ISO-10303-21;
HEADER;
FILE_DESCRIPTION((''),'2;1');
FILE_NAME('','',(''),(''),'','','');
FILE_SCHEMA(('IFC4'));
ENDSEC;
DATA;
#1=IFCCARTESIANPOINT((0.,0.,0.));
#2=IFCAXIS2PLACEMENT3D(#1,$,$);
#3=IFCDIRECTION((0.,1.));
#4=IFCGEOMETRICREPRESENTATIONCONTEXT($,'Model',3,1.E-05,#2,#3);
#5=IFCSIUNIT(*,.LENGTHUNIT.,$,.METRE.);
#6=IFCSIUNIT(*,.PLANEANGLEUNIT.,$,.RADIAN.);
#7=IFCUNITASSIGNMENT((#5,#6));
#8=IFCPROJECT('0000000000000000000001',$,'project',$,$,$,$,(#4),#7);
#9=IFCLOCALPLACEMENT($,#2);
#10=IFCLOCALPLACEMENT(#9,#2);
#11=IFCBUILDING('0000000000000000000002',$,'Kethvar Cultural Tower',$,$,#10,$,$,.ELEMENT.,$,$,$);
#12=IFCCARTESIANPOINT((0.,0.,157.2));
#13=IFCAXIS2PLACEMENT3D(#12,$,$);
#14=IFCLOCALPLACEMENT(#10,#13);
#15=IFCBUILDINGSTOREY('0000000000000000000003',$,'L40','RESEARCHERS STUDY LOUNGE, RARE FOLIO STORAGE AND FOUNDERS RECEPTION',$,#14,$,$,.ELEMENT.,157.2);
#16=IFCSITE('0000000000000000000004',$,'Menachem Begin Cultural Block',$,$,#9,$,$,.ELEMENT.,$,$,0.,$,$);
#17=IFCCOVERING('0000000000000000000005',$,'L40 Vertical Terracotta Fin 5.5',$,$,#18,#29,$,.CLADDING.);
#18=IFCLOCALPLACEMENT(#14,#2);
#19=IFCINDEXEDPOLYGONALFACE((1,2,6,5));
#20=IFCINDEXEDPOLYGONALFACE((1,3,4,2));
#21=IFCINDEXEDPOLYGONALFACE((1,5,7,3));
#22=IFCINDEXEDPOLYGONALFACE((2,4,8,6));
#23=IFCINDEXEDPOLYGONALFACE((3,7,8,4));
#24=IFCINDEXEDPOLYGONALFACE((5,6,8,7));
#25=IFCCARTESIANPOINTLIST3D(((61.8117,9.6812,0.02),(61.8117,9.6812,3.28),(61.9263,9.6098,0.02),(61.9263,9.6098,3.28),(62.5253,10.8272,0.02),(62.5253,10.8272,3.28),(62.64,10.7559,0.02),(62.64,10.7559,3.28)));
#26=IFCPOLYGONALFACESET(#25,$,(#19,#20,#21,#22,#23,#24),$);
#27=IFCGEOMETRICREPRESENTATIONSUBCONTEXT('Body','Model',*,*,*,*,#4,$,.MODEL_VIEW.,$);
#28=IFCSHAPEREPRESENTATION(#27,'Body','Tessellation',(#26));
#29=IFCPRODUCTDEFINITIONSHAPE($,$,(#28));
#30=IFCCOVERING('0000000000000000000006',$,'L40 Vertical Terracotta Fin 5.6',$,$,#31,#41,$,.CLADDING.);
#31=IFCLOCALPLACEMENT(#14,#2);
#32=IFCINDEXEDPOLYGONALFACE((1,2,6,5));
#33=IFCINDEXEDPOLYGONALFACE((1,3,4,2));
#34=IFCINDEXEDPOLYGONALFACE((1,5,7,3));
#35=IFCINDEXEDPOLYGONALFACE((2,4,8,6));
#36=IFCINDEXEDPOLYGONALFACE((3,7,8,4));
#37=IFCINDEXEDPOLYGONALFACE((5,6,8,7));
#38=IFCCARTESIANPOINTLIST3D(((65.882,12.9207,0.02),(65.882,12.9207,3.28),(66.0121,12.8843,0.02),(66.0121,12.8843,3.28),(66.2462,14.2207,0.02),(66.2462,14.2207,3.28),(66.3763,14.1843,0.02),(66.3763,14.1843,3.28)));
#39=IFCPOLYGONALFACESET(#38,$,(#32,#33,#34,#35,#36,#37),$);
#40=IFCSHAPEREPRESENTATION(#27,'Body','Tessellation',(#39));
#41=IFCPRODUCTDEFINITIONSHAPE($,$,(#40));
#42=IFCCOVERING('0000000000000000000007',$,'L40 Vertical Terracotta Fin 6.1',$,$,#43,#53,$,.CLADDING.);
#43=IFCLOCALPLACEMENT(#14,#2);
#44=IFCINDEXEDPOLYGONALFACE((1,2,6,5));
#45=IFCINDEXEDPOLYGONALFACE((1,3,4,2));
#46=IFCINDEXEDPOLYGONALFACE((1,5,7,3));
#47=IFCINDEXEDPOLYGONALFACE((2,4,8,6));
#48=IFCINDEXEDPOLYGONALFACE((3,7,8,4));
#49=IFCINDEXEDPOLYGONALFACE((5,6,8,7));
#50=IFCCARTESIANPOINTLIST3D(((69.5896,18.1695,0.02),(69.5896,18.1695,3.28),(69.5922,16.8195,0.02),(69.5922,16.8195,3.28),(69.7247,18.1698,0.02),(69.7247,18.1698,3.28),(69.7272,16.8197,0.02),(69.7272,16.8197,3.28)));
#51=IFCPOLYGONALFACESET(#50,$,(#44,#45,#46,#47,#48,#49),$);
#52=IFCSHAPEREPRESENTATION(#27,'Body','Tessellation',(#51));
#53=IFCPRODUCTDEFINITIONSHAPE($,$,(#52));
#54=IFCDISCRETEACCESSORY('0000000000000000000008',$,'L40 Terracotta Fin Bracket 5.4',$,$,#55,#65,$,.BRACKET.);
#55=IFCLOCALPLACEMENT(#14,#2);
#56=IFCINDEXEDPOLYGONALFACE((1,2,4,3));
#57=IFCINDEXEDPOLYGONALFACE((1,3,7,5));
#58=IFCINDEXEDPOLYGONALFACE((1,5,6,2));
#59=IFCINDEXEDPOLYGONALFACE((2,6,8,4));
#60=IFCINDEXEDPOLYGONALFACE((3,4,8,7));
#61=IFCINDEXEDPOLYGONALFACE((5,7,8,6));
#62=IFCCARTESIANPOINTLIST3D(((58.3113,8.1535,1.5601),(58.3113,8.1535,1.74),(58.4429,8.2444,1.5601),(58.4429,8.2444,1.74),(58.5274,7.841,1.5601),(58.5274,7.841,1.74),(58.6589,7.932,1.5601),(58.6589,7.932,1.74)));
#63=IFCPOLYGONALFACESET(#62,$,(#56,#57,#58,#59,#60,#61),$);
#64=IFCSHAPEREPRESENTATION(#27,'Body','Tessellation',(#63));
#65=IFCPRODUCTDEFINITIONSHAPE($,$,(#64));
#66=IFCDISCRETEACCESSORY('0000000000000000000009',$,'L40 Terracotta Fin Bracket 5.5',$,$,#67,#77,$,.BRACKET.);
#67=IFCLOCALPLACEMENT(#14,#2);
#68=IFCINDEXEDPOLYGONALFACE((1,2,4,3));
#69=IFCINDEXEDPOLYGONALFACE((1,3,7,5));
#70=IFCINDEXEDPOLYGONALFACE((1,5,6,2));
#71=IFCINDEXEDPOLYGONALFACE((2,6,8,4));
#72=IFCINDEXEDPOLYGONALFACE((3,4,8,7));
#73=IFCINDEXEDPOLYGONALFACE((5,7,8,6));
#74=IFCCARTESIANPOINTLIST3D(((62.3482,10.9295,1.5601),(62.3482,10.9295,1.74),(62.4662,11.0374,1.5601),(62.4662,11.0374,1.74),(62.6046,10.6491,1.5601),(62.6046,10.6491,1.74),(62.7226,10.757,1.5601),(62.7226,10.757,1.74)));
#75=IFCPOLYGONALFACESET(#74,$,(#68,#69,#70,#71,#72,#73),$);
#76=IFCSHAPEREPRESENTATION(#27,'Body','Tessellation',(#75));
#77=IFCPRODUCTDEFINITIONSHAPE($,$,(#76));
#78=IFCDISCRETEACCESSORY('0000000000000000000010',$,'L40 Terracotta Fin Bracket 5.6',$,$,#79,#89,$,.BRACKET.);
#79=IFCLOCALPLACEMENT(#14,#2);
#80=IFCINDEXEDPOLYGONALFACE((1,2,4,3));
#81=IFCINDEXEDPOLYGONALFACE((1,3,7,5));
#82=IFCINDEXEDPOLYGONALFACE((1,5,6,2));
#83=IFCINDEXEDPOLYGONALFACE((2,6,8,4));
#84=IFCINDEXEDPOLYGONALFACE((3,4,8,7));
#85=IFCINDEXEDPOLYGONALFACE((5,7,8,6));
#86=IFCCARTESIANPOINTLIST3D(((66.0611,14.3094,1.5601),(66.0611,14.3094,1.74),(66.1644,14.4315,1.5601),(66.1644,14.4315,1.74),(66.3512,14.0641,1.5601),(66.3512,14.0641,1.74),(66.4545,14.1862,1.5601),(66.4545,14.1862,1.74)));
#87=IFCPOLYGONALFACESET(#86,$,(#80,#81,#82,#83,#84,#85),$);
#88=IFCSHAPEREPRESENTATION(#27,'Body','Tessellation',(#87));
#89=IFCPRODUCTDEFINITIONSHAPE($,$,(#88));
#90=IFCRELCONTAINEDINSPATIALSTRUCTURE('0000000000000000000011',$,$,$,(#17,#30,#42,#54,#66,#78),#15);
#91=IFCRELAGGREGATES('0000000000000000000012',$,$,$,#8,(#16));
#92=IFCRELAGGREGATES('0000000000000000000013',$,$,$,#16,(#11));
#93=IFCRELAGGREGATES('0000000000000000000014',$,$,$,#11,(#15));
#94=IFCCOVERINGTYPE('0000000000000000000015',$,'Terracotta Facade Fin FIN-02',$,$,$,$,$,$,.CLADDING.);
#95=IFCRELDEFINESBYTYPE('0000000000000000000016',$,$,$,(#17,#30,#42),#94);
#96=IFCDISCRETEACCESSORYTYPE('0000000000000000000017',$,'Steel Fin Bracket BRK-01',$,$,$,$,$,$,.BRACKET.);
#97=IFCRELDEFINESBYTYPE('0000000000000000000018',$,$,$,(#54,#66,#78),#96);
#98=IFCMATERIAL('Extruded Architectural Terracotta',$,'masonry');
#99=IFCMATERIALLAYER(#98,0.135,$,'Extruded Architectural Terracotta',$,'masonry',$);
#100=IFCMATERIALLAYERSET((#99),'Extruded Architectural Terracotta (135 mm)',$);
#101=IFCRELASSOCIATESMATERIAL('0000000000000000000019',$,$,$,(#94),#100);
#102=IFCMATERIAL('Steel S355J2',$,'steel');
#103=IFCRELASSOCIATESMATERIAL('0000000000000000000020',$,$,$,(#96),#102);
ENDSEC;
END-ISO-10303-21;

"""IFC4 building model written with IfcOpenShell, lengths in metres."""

from ifc_helpers import new_model, si_unit, direction, frame, origin, origin_2d, place, context, subcontext, project, spatial, rectangle, extrude, source, transform, mapped, material, layer, layer_set, type_object, element, save


model = new_model("IFC4")

# Units and contexts
model_context = context("Model", 3, precision=1e-05, world=origin(), true_north=direction((0.0, 1.0)))
body_context = subcontext(model_context, "Body", "Model", "MODEL_VIEW")
ifc_project = project(units=[si_unit("LENGTHUNIT", "METRE"), si_unit("PLANEANGLEUNIT", "RADIAN")], contexts=[model_context])

# Site, building, storey
site_placement = place(None, origin())
site = spatial("IfcSite", under=ifc_project, at=site_placement, Name="Menachem Begin Cultural Block", CompositionType="ELEMENT", RefElevation=0.0)
building_placement = place(site_placement, origin())
building = spatial("IfcBuilding", under=site, at=building_placement, Name="Kethvar Cultural Tower", CompositionType="ELEMENT")
storey_placement = place(building_placement, frame((0.0, 0.0, 157.2)))
storey = spatial("IfcBuildingStorey", under=building, at=storey_placement, Name="L40", Description="RESEARCHERS STUDY LOUNGE, RARE FOLIO STORAGE AND FOUNDERS RECEPTION", CompositionType="ELEMENT", Elevation=157.2)

# Shared definitions
ifc_material_1 = material(Name="Steel S355J2", Category="steel")

# Coverings
ifc_material_2 = material(Name="Extruded Architectural Terracotta", Category="masonry")
ifc_layer_1 = layer(ifc_material_2, 0.135, Name="Extruded Architectural Terracotta", Category="masonry")
ifc_layer_set_1 = layer_set([ifc_layer_1], Name="Extruded Architectural Terracotta (135 mm)")
covering_type = type_object("IfcCoveringType", Name="Terracotta Facade Fin FIN-02", PredefinedType="CLADDING", material=ifc_layer_set_1)
shared_shape_1 = source(origin(), body_context, "Body", "SweptSolid", [
    extrude(rectangle(XDim=1.3501, YDim=0.135, at=origin_2d()), origin(), (0.0, 0.0, 1.0), 3.26),
])
for number, where, z_axis, x_axis, name in (
    (1, (62.2258, 10.2185, 0.02), (0.0, 0.0, 1.0), (-0.528587, -0.848879, 0.0), "L40 Vertical Terracotta Fin 5.5"),
    (2, (66.1292, 13.5525, 0.02), (0.0, 0.0, 1.0), (-0.26976, -0.962928, 0.0), "L40 Vertical Terracotta Fin 5.6"),
    (3, (69.6584, 17.4946, 0.02), (0.0, 0.0, 1.0), (0.00192, -0.999998, 0.0), "L40 Vertical Terracotta Fin 6.1"),
):
    element("IfcCovering", number, at=place(storey_placement, frame(where, z_axis=z_axis, x_axis=x_axis)), inside=storey, type_object=covering_type, Name=name, PredefinedType="CLADDING", context=body_context, shape_type="MappedRepresentation", body=[
        mapped(shared_shape_1, transform((0.0, 0.0, 0.0), scale=1.0)),
    ])

# Discrete accessories
discrete_accessory_type = type_object("IfcDiscreteAccessoryType", Name="Steel Fin Bracket BRK-01", PredefinedType="BRACKET", material=ifc_material_1)
shared_shape_2 = source(origin(), body_context, "Body", "SweptSolid", [
    extrude(rectangle(XDim=0.3799, YDim=0.1599, at=origin_2d()), origin(), (0.0, 0.0, 1.0), 0.1799),
])
for number, where, z_axis, x_axis, name in (
    (4, (58.4851, 8.0427, 1.5601), (0.0, 0.0, 1.0), (0.568705, -0.822541, 0.0), "L40 Terracotta Fin Bracket 5.4"),
    (5, (62.5354, 10.8433, 1.5601), (0.0, 0.0, 1.0), (0.674818, -0.737984, 0.0), "L40 Terracotta Fin Bracket 5.5"),
    (6, (66.2578, 14.2478, 1.5601), (0.0, 0.0, 1.0), (0.763683, -0.645591, 0.0), "L40 Terracotta Fin Bracket 5.6"),
):
    element("IfcDiscreteAccessory", number, at=place(storey_placement, frame(where, z_axis=z_axis, x_axis=x_axis)), inside=storey, type_object=discrete_accessory_type, Name=name, PredefinedType="BRACKET", context=body_context, shape_type="MappedRepresentation", body=[
        mapped(shared_shape_2, transform((0.0, 0.0, 0.0), scale=1.0)),
    ])

save(model, "model.ifc")
